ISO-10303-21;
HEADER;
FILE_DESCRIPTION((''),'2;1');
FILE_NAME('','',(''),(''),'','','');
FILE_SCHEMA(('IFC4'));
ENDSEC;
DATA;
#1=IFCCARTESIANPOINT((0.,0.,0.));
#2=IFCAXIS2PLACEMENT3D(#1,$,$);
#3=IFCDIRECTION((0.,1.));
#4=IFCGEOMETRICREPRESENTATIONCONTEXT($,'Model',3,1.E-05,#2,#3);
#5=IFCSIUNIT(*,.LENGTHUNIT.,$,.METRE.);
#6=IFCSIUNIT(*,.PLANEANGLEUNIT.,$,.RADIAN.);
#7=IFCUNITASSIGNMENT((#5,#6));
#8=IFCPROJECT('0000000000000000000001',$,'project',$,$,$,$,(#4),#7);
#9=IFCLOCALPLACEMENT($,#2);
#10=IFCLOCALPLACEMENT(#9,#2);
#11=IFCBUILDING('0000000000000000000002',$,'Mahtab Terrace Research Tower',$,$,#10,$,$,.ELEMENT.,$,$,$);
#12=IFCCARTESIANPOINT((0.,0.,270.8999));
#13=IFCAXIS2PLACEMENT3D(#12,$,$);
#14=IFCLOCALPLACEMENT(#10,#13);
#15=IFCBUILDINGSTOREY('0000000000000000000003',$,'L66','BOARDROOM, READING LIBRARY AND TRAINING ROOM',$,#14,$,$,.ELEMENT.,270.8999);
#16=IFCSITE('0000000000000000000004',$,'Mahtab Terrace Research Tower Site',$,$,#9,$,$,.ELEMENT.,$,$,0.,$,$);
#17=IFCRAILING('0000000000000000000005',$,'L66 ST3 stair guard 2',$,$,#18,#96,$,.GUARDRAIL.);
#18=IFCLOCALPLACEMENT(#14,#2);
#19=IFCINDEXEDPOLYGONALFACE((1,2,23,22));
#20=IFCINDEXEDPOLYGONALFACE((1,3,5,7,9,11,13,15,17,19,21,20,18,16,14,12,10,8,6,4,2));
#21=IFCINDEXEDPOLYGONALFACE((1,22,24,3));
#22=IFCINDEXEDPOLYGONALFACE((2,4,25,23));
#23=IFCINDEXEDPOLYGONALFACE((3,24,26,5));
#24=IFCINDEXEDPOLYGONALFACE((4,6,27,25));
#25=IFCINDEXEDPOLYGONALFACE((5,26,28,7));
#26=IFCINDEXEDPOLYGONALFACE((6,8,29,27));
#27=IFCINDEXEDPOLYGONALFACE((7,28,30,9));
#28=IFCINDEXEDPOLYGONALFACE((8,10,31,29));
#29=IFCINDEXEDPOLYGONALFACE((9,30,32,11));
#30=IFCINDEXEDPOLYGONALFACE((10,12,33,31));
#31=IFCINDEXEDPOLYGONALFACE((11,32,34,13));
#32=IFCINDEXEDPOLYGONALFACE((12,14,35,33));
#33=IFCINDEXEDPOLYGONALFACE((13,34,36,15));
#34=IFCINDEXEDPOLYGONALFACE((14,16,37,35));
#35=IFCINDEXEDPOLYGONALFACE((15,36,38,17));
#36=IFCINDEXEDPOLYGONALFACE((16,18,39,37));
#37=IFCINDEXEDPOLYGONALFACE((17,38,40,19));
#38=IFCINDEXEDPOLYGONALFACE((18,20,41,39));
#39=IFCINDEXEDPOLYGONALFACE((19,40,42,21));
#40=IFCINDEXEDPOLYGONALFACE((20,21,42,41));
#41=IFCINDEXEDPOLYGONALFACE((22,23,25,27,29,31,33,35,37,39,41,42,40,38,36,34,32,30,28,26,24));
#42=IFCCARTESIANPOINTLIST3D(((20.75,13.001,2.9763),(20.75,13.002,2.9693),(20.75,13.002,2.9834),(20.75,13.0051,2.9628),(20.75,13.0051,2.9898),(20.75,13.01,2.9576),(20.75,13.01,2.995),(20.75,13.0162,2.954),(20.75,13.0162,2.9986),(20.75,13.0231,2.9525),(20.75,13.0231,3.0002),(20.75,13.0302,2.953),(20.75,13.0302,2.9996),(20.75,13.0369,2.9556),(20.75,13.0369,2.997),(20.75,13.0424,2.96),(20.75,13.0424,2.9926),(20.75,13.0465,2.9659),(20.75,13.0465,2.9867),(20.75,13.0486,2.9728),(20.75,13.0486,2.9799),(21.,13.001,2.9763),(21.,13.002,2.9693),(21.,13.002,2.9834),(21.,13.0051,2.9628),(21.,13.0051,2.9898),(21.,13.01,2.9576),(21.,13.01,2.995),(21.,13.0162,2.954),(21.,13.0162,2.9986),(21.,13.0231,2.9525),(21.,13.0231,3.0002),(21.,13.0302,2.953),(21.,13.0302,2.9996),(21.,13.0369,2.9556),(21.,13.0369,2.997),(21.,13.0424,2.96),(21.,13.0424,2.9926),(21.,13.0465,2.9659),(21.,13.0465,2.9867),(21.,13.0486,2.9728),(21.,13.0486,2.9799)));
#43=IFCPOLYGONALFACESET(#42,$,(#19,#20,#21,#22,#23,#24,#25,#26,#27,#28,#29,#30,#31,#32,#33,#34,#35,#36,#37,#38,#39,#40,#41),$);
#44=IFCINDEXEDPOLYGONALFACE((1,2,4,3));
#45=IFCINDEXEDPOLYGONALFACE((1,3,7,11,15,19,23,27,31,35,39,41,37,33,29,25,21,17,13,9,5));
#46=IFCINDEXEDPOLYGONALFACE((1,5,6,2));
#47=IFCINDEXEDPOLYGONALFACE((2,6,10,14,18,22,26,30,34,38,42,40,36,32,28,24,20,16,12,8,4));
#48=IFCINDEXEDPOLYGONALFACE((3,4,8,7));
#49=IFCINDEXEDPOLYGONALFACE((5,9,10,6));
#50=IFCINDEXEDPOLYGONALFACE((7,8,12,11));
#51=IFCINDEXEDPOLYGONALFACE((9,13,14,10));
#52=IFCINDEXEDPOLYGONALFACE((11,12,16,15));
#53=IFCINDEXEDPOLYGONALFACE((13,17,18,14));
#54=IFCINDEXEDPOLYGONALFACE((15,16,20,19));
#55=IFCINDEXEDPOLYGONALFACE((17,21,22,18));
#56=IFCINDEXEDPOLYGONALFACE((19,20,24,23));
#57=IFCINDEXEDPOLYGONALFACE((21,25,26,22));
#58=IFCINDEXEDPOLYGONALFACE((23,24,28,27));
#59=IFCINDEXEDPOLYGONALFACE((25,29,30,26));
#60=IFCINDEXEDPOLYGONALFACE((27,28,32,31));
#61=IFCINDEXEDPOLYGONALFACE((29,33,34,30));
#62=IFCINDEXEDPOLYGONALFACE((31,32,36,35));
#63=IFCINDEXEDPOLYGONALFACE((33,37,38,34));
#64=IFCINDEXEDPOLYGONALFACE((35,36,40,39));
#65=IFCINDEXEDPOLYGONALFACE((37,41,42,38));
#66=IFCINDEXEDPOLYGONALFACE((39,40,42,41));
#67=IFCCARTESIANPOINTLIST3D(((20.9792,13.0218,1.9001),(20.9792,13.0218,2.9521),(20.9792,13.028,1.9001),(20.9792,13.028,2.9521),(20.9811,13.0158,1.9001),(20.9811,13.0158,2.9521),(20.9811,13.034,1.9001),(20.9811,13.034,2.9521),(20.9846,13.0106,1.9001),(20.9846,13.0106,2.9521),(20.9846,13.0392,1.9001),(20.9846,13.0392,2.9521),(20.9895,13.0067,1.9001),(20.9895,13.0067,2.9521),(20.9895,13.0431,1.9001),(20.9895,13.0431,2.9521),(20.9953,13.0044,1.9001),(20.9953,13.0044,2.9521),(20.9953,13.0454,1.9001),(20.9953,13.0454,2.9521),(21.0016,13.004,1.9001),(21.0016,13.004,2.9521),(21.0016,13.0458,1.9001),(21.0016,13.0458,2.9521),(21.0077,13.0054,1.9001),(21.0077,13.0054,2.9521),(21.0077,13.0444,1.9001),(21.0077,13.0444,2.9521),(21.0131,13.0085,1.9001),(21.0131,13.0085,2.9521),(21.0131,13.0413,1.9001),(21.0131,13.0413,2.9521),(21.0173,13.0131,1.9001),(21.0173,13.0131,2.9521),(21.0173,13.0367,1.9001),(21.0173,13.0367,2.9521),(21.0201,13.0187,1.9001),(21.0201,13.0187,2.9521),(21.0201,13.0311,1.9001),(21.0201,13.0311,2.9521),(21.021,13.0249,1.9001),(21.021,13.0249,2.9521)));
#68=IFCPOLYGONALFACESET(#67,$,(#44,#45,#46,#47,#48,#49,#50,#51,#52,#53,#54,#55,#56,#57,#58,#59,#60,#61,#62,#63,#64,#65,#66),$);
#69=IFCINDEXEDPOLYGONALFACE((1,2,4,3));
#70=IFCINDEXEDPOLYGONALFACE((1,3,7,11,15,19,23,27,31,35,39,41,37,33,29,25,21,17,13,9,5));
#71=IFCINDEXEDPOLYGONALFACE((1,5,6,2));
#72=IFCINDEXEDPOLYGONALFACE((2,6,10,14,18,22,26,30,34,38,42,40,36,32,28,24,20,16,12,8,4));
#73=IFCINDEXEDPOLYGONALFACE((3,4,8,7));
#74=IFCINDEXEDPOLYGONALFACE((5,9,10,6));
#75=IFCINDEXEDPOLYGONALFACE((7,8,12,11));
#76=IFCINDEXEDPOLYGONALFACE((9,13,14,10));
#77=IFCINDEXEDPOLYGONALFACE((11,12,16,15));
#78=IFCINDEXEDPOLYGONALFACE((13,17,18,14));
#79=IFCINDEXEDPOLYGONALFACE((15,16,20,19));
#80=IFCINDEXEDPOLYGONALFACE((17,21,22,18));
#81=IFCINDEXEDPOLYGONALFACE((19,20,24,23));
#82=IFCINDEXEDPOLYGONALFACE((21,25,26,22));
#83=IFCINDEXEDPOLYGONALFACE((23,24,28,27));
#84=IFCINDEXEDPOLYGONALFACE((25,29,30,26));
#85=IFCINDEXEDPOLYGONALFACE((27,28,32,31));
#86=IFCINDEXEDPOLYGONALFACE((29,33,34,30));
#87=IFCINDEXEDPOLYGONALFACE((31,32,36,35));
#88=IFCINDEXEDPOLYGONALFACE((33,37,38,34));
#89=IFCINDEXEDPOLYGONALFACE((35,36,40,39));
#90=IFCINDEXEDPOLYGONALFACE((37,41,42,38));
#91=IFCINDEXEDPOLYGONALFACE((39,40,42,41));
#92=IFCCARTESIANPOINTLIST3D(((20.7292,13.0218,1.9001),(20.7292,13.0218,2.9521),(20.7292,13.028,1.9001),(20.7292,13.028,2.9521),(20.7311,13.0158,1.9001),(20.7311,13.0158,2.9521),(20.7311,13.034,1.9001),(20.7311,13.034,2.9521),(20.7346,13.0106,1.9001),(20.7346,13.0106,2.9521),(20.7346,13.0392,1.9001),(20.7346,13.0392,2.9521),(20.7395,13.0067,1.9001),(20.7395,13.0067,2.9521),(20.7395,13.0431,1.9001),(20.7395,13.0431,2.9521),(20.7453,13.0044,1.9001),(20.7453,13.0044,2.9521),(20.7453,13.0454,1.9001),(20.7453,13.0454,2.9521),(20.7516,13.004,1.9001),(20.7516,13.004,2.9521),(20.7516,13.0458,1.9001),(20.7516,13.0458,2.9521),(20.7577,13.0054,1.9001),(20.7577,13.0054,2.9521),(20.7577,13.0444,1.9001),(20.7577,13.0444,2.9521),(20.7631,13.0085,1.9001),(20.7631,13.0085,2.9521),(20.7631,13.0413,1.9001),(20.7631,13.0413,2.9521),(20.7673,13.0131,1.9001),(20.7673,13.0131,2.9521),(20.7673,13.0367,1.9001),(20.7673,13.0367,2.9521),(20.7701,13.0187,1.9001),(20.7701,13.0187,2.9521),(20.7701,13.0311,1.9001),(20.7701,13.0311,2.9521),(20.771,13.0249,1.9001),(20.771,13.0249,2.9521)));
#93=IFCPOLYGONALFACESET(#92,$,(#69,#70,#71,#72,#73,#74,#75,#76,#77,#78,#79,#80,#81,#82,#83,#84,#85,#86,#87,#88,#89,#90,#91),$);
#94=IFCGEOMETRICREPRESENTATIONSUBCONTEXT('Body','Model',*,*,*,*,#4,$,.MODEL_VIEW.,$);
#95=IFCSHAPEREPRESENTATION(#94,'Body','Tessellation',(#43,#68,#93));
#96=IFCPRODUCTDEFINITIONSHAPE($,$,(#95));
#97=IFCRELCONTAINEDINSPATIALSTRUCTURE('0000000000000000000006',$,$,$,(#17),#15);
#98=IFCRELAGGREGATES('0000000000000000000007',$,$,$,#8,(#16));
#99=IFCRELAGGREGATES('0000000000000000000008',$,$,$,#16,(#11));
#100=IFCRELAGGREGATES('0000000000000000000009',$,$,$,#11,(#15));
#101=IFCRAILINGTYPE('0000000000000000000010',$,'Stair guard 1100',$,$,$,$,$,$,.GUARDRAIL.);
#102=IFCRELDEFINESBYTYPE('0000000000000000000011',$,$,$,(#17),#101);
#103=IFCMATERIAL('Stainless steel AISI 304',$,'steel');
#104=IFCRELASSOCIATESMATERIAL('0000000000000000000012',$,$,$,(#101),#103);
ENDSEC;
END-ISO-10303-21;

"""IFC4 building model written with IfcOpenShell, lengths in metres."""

from ifc_helpers import new_model, si_unit, direction, frame, origin, origin_2d, place, context, subcontext, project, spatial, circle, extrude, material, type_object, element, save


model = new_model("IFC4")

# Units and contexts
model_context = context("Model", 3, precision=1e-05, world=origin(), true_north=direction((0.0, 1.0)))
body_context = subcontext(model_context, "Body", "Model", "MODEL_VIEW")
ifc_project = project(units=[si_unit("LENGTHUNIT", "METRE"), si_unit("PLANEANGLEUNIT", "RADIAN")], contexts=[model_context])

# Site, building, storey
site_placement = place(None, origin())
site = spatial("IfcSite", under=ifc_project, at=site_placement, Name="Mahtab Terrace Research Tower Site", CompositionType="ELEMENT", RefElevation=0.0)
building_placement = place(site_placement, origin())
building = spatial("IfcBuilding", under=site, at=building_placement, Name="Mahtab Terrace Research Tower", CompositionType="ELEMENT")
storey_placement = place(building_placement, frame((0.0, 0.0, 270.8999)))
storey = spatial("IfcBuildingStorey", under=building, at=storey_placement, Name="L66", Description="BOARDROOM, READING LIBRARY AND TRAINING ROOM", CompositionType="ELEMENT", Elevation=270.8999)

# Shared definitions
ifc_material_1 = material(Name="Stainless steel AISI 304", Category="steel")

# Railing
railing_type_1 = type_object("IfcRailingType", Name="Stair guard 1100", PredefinedType="GUARDRAIL", material=ifc_material_1)
railing_1_placement = place(storey_placement, frame((21.0, 13.0249, 1.9001)))
element("IfcRailing", 1, at=railing_1_placement, inside=storey, type_object=railing_type_1, Name="L66 ST3 stair guard 2", PredefinedType="GUARDRAIL", context=body_context, shape_type="SweptSolid", body=[
    extrude(circle(Radius=0.0239, at=origin_2d()), frame((0.0, 0.0, 1.0762), z_axis=(-1.0, 0.0, 0.0), x_axis=(0.0, -1.0, 0.0)), (0.0, 0.0, 1.0), 0.25),
    extrude(circle(Radius=0.021, at=origin_2d()), origin(), (0.0, 0.0, 1.0), 1.052),
    extrude(circle(Radius=0.021, at=origin_2d()), frame((-0.25, 0.0, 0.0)), (0.0, 0.0, 1.0), 1.052),
])

save(model, "model.ifc")
